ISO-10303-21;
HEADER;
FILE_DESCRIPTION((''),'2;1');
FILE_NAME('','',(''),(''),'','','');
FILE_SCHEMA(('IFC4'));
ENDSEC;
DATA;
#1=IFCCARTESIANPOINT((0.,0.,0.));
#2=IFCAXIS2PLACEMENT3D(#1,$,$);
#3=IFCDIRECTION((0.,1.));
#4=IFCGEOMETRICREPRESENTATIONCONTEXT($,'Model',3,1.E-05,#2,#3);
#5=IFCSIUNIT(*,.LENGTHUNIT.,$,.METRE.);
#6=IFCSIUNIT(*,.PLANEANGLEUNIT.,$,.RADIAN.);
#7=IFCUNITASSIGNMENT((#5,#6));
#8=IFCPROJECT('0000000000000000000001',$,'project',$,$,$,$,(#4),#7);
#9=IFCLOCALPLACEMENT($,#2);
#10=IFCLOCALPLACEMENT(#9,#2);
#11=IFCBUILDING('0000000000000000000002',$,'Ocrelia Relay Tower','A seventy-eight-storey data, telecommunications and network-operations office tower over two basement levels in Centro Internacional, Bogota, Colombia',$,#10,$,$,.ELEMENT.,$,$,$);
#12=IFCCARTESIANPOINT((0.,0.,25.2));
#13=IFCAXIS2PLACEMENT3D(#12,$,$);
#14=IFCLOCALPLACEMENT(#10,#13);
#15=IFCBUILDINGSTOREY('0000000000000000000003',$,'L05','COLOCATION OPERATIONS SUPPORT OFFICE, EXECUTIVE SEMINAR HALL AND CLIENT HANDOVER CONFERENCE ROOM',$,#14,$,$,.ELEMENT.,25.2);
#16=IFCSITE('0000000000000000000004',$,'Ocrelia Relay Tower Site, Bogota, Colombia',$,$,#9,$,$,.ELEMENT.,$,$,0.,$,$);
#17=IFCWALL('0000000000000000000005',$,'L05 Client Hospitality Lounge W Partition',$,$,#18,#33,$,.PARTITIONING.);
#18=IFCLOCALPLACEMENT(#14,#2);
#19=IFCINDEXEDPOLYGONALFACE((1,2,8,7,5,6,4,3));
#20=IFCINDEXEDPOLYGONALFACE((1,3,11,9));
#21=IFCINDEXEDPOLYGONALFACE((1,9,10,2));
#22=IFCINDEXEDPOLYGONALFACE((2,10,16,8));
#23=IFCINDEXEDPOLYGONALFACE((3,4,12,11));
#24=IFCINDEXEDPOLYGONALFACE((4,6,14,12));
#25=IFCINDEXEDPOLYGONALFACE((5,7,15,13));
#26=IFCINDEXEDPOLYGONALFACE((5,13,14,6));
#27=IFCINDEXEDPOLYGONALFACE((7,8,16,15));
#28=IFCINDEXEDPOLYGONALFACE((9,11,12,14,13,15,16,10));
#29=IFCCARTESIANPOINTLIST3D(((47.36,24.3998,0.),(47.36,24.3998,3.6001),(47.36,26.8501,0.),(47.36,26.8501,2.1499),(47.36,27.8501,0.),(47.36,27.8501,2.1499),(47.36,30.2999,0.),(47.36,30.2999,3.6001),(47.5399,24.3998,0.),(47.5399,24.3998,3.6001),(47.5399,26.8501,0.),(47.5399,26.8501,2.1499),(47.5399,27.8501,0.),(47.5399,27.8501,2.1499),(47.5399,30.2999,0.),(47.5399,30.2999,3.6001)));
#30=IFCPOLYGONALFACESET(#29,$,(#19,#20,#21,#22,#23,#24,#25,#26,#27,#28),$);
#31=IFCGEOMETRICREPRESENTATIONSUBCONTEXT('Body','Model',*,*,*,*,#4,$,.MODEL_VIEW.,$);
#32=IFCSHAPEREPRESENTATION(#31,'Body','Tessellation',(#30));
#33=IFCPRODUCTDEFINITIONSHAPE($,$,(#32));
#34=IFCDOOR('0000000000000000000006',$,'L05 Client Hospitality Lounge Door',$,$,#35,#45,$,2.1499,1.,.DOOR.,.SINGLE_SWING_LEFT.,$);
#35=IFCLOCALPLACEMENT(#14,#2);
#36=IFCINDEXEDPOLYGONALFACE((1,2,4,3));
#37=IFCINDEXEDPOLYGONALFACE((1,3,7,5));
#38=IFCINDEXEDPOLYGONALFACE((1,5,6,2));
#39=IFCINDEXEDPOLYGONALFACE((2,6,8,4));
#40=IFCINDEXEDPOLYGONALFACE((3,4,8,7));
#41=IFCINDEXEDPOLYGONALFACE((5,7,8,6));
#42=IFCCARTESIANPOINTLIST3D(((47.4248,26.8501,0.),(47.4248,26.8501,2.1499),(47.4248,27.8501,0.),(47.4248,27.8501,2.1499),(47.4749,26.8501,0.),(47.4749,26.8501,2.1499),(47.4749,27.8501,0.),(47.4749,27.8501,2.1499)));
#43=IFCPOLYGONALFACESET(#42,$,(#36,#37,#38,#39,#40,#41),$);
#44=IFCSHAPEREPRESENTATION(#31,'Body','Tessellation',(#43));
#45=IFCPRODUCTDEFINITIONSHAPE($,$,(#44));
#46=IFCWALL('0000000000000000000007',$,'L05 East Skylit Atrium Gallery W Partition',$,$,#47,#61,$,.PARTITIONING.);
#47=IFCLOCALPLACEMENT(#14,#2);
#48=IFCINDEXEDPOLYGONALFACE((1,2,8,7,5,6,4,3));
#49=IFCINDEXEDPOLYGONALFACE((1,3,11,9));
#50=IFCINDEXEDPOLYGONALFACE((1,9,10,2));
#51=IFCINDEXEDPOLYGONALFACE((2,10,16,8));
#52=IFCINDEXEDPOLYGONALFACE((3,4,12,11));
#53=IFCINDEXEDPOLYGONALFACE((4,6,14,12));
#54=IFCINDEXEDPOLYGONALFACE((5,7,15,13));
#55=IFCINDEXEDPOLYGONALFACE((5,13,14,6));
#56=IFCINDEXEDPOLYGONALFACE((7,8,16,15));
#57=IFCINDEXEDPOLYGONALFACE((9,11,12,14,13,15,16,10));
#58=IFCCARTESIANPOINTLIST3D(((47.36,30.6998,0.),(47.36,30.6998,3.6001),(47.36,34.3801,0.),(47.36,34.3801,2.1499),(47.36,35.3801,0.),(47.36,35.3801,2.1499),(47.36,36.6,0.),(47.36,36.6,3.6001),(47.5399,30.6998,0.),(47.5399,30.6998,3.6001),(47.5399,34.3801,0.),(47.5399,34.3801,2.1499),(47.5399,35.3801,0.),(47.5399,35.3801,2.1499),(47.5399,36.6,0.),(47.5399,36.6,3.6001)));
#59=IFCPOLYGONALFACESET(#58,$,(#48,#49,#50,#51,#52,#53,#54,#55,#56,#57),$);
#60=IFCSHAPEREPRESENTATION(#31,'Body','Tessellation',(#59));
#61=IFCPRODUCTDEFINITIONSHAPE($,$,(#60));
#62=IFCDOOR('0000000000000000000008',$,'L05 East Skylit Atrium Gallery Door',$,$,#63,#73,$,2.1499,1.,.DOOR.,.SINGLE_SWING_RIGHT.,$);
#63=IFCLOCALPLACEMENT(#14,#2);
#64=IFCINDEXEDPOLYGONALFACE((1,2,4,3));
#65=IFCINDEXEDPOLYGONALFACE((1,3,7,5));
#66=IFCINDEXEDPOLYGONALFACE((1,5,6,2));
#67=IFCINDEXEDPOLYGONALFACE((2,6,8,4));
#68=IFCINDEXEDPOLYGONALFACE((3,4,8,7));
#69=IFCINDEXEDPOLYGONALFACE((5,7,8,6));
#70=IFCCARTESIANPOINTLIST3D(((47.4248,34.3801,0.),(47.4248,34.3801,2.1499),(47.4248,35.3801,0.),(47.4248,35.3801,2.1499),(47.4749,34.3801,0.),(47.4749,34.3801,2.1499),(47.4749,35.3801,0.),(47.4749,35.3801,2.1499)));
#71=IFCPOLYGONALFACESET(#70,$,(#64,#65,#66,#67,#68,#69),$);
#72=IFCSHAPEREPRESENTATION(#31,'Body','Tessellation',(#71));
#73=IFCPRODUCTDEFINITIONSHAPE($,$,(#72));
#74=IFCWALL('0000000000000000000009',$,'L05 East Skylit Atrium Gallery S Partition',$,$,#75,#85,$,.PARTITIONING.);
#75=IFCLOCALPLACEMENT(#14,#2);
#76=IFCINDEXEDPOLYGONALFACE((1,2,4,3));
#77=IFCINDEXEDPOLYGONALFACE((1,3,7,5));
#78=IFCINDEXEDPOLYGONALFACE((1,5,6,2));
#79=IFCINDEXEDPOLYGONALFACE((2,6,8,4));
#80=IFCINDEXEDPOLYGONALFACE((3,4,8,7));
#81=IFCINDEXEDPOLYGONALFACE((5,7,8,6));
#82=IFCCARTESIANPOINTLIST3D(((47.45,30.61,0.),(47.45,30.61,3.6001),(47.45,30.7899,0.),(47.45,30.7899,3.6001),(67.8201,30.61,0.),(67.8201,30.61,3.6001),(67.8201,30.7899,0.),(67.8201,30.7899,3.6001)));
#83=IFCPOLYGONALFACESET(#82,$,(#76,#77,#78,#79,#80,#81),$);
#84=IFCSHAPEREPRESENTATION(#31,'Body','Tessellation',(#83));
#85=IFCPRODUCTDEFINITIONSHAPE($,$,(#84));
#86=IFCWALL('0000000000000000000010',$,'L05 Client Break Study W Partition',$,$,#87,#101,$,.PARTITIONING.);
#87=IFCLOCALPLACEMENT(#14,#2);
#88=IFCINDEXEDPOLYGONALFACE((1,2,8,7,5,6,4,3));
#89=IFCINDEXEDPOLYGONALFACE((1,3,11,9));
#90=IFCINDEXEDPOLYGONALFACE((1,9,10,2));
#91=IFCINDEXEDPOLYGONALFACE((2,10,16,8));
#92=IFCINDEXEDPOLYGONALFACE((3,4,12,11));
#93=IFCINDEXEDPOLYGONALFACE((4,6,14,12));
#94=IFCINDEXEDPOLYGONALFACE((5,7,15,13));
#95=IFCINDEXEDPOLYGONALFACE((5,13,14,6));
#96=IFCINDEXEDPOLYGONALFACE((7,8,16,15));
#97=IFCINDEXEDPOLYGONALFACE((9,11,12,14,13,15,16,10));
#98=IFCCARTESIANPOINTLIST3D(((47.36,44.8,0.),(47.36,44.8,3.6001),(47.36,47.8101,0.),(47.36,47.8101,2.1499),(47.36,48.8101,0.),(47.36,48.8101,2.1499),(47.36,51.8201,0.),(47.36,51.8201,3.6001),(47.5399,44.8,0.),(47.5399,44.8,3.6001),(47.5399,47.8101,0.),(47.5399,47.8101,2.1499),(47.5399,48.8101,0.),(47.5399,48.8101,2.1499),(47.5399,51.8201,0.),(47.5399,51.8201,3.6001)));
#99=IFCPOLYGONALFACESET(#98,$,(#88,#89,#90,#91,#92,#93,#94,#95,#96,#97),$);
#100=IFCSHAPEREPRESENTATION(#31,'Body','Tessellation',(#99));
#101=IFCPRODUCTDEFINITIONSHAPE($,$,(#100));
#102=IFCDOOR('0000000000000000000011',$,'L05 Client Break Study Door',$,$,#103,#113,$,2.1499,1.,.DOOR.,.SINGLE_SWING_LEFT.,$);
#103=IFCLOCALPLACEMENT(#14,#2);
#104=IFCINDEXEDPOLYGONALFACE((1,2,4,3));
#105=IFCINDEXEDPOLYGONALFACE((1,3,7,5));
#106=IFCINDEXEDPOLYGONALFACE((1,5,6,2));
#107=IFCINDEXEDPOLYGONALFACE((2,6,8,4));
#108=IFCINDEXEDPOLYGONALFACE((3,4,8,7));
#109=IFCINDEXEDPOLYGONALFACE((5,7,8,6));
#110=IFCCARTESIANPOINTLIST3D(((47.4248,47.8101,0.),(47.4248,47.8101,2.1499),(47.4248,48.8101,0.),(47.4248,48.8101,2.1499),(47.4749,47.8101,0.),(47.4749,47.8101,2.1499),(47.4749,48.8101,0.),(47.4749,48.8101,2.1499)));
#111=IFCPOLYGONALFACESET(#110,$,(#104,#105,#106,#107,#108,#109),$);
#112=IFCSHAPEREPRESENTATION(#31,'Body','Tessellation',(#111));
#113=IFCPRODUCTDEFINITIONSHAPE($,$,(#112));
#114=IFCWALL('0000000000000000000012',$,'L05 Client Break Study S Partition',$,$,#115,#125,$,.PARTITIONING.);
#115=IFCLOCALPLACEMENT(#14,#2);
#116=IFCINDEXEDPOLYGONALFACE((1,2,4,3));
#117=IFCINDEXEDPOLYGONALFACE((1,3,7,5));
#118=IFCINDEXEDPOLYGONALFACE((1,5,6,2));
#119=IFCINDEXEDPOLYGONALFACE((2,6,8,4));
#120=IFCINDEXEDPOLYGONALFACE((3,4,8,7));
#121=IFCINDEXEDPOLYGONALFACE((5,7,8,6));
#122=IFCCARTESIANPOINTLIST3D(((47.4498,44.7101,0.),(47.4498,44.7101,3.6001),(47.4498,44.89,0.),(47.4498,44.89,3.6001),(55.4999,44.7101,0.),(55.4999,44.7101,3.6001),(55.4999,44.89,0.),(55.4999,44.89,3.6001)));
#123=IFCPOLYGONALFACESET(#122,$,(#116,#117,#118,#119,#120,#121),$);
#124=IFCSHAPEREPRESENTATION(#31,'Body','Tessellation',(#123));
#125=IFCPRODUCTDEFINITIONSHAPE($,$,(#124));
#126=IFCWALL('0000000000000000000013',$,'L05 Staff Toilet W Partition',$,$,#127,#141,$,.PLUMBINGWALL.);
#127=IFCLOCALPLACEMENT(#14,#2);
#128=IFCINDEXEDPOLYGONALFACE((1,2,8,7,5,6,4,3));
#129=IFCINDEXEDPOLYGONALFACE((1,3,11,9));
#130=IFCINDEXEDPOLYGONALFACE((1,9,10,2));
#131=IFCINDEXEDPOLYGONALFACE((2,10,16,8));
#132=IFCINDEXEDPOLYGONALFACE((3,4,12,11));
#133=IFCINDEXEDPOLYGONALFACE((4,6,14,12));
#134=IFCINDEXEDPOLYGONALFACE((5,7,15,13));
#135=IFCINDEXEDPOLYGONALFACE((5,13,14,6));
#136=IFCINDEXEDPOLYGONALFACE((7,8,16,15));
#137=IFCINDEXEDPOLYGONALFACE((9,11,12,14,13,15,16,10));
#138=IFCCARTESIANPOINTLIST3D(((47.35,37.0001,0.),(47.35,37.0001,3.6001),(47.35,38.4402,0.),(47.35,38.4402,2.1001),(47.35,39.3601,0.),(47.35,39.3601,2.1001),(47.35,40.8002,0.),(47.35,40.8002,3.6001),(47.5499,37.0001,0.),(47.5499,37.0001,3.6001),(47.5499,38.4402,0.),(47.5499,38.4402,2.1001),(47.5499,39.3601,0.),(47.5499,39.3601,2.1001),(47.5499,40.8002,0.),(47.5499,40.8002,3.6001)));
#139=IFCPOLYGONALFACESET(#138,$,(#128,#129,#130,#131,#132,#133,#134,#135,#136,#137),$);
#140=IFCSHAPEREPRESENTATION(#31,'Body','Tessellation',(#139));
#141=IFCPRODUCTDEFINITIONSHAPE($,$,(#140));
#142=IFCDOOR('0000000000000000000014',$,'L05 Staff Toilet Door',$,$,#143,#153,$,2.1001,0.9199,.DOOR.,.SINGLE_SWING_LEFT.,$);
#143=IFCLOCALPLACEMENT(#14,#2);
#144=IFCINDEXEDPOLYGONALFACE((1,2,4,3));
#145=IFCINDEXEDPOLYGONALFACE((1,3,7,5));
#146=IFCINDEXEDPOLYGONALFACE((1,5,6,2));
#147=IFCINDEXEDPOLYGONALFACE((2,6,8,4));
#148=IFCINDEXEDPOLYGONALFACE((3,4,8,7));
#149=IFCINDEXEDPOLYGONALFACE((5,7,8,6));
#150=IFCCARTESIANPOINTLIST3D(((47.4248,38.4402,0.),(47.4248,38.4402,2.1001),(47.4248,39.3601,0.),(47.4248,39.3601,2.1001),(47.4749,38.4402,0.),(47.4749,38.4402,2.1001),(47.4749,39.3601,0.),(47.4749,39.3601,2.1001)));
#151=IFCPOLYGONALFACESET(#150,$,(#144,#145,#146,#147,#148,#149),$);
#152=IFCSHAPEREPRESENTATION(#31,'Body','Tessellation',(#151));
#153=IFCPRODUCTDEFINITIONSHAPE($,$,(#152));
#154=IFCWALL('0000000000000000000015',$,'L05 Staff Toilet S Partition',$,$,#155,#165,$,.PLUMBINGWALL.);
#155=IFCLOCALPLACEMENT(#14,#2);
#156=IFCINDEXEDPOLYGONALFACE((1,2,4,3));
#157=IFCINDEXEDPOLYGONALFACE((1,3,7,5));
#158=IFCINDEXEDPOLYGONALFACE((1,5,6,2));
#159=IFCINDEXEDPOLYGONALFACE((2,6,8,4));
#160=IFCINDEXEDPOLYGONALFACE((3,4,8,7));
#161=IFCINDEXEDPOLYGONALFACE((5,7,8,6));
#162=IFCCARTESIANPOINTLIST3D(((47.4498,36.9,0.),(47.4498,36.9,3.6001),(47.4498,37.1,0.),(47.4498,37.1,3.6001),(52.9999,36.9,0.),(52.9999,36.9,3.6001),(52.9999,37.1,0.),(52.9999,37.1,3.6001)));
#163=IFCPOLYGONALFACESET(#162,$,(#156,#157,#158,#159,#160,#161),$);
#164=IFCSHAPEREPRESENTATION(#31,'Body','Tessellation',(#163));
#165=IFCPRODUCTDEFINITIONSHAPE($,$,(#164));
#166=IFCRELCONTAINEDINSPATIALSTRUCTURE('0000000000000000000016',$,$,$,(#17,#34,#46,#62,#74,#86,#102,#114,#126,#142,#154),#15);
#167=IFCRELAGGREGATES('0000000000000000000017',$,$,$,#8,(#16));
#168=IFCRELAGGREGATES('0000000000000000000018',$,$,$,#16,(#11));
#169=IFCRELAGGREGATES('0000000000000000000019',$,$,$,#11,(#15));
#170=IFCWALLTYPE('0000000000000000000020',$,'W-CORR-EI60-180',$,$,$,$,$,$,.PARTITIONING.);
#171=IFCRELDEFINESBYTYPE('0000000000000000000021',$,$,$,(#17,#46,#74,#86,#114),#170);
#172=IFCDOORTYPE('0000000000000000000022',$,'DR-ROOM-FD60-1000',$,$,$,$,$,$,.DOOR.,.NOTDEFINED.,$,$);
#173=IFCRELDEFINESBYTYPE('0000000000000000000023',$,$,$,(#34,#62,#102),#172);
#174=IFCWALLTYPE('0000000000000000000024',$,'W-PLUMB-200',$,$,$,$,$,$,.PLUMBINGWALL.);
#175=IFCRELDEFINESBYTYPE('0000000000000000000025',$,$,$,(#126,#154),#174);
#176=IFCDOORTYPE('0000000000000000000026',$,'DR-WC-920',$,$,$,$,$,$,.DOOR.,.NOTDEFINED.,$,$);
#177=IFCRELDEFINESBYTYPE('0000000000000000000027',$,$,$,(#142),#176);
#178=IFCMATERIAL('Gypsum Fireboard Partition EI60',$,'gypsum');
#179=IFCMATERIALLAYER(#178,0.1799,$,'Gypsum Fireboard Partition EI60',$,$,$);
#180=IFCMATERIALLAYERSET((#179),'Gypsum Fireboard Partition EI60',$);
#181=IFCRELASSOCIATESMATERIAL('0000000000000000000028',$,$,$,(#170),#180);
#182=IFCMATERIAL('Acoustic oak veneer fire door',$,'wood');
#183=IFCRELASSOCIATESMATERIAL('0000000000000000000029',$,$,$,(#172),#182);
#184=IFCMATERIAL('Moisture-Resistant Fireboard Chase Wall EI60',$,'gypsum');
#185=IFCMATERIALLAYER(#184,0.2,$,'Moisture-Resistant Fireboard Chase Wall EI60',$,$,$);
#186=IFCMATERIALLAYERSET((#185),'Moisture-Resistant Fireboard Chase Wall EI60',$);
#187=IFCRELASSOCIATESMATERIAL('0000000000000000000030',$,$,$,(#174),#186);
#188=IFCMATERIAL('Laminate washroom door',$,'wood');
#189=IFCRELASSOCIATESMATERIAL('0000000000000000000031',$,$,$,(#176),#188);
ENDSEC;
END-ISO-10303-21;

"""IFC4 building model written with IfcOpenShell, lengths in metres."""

from ifc_helpers import new_model, si_unit, direction, frame, frame_2d, origin, place, context, subcontext, project, spatial, rectangle, extrude, material, layer, layer_set, type_object, element, fill, save


model = new_model("IFC4")

# Units and contexts
model_context = context("Model", 3, precision=1e-05, world=origin(), true_north=direction((0.0, 1.0)))
body_context = subcontext(model_context, "Body", "Model", "MODEL_VIEW")
ifc_project = project(units=[si_unit("LENGTHUNIT", "METRE"), si_unit("PLANEANGLEUNIT", "RADIAN")], contexts=[model_context])

# Site, building, storey
site_placement = place(None, origin())
site = spatial("IfcSite", under=ifc_project, at=site_placement, Name="Ocrelia Relay Tower Site, Bogota, Colombia", CompositionType="ELEMENT", RefElevation=0.0)
building_placement = place(site_placement, origin())
building = spatial("IfcBuilding", under=site, at=building_placement, Name="Ocrelia Relay Tower", Description="A seventy-eight-storey data, telecommunications and network-operations office tower over two basement levels in Centro Internacional, Bogota, Colombia", CompositionType="ELEMENT")
storey_placement = place(building_placement, frame((0.0, 0.0, 25.2)))
storey = spatial("IfcBuildingStorey", under=building, at=storey_placement, Name="L05", Description="COLOCATION OPERATIONS SUPPORT OFFICE, EXECUTIVE SEMINAR HALL AND CLIENT HANDOVER CONFERENCE ROOM", CompositionType="ELEMENT", Elevation=25.2)

# Walls, openings, doors
ifc_material_1 = material(Name="Gypsum Fireboard Partition EI60", Category="gypsum")
ifc_layer_1 = layer(ifc_material_1, 0.1799, Name="Gypsum Fireboard Partition EI60")
ifc_layer_set_1 = layer_set([ifc_layer_1], Name="Gypsum Fireboard Partition EI60")
wall_type_1 = type_object("IfcWallType", Name="W-CORR-EI60-180", PredefinedType="PARTITIONING", material=ifc_layer_set_1)
wall_1_placement = place(storey_placement, frame((47.45, 30.3, 0.0), z_axis=(0.0, 0.0, 1.0), x_axis=(0.0, -1.0, 0.0)))
wall_1 = element("IfcWall", 1, at=wall_1_placement, inside=storey, type_object=wall_type_1, Name="L05 Client Hospitality Lounge W Partition", PredefinedType="PARTITIONING", context=body_context, shape_type="SweptSolid", body=[
    extrude(rectangle(XDim=5.9001, YDim=0.1799, at=frame_2d((2.9502, 0.0))), origin(), (0.0, 0.0, 1.0), 3.6001),
])
opening_1_placement = place(wall_1_placement, frame((2.45, 0.0, 0.0)))
opening_1 = element("IfcOpeningElement", 2, at=opening_1_placement, cuts=wall_1, PredefinedType="OPENING", context=body_context, shape_type="SweptSolid", body=[
    extrude(rectangle(XDim=1.0, YDim=2.1499, at=frame_2d((0.5, 1.075))), frame((0.0, 0.1001, 0.0), z_axis=(0.0, -1.0, 0.0), x_axis=(1.0, 0.0, 0.0)), (0.0, 0.0, 1.0), 0.2),
])
ifc_material_2 = material(Name="Acoustic oak veneer fire door", Category="wood")
door_type_1 = type_object("IfcDoorType", Name="DR-ROOM-FD60-1000", OperationType="NOTDEFINED", PredefinedType="DOOR", material=ifc_material_2)
door_1_placement = place(opening_1_placement, origin())
door_1 = element("IfcDoor", 3, at=door_1_placement, inside=storey, type_object=door_type_1, Name="L05 Client Hospitality Lounge Door", OperationType="SINGLE_SWING_LEFT", OverallHeight=2.1499, OverallWidth=1.0, PredefinedType="DOOR", context=body_context, shape_type="SweptSolid", body=[
    extrude(rectangle(XDim=1.0, YDim=2.1499, at=frame_2d((0.5, 1.075))), frame((0.0, 0.0249, 0.0), z_axis=(0.0, -1.0, 0.0), x_axis=(1.0, 0.0, 0.0)), (0.0, 0.0, 1.0), 0.05),
])
fill(opening_1, door_1)
wall_2_placement = place(storey_placement, frame((47.45, 36.6001, 0.0), z_axis=(0.0, 0.0, 1.0), x_axis=(0.0, -1.0, 0.0)))
wall_2 = element("IfcWall", 4, at=wall_2_placement, inside=storey, type_object=wall_type_1, Name="L05 East Skylit Atrium Gallery W Partition", PredefinedType="PARTITIONING", context=body_context, shape_type="SweptSolid", body=[
    extrude(rectangle(XDim=5.9001, YDim=0.1799, at=frame_2d((2.9502, 0.0))), origin(), (0.0, 0.0, 1.0), 3.6001),
])
opening_2_placement = place(wall_2_placement, frame((1.22, 0.0, 0.0)))
opening_2 = element("IfcOpeningElement", 5, at=opening_2_placement, cuts=wall_2, PredefinedType="OPENING", context=body_context, shape_type="SweptSolid", body=[
    extrude(rectangle(XDim=1.0, YDim=2.1499, at=frame_2d((0.5, 1.075))), frame((0.0, 0.1001, 0.0), z_axis=(0.0, -1.0, 0.0), x_axis=(1.0, 0.0, 0.0)), (0.0, 0.0, 1.0), 0.2),
])
door_2_placement = place(opening_2_placement, origin())
door_2 = element("IfcDoor", 6, at=door_2_placement, inside=storey, type_object=door_type_1, Name="L05 East Skylit Atrium Gallery Door", OperationType="SINGLE_SWING_RIGHT", OverallHeight=2.1499, OverallWidth=1.0, PredefinedType="DOOR", context=body_context, shape_type="SweptSolid", body=[
    extrude(rectangle(XDim=1.0, YDim=2.1499, at=frame_2d((0.5, 1.075))), frame((0.0, 0.0249, 0.0), z_axis=(0.0, -1.0, 0.0), x_axis=(1.0, 0.0, 0.0)), (0.0, 0.0, 1.0), 0.05),
])
fill(opening_2, door_2)

# Wall
wall_3_placement = place(storey_placement, frame((47.45, 30.7, 0.0), z_axis=(0.0, 0.0, 1.0), x_axis=(1.0, 0.0, 0.0)))
element("IfcWall", 7, at=wall_3_placement, inside=storey, type_object=wall_type_1, Name="L05 East Skylit Atrium Gallery S Partition", PredefinedType="PARTITIONING", context=body_context, shape_type="SweptSolid", body=[
    extrude(rectangle(XDim=20.3701, YDim=0.1799, at=frame_2d((10.1851, 0.0))), origin(), (0.0, 0.0, 1.0), 3.6001),
])

# Wall, opening, door
wall_4_placement = place(storey_placement, frame((47.45, 51.8201, 0.0), z_axis=(0.0, 0.0, 1.0), x_axis=(0.0, -1.0, 0.0)))
wall_4 = element("IfcWall", 8, at=wall_4_placement, inside=storey, type_object=wall_type_1, Name="L05 Client Break Study W Partition", PredefinedType="PARTITIONING", context=body_context, shape_type="SweptSolid", body=[
    extrude(rectangle(XDim=7.02, YDim=0.1799, at=frame_2d((3.51, 0.0))), origin(), (0.0, 0.0, 1.0), 3.6001),
])
opening_3_placement = place(wall_4_placement, frame((3.01, 0.0, 0.0)))
opening_3 = element("IfcOpeningElement", 9, at=opening_3_placement, cuts=wall_4, PredefinedType="OPENING", context=body_context, shape_type="SweptSolid", body=[
    extrude(rectangle(XDim=1.0, YDim=2.1499, at=frame_2d((0.5, 1.075))), frame((0.0, 0.1001, 0.0), z_axis=(0.0, -1.0, 0.0), x_axis=(1.0, 0.0, 0.0)), (0.0, 0.0, 1.0), 0.2),
])
door_3_placement = place(opening_3_placement, origin())
door_3 = element("IfcDoor", 10, at=door_3_placement, inside=storey, type_object=door_type_1, Name="L05 Client Break Study Door", OperationType="SINGLE_SWING_LEFT", OverallHeight=2.1499, OverallWidth=1.0, PredefinedType="DOOR", context=body_context, shape_type="SweptSolid", body=[
    extrude(rectangle(XDim=1.0, YDim=2.1499, at=frame_2d((0.5, 1.075))), frame((0.0, 0.0249, 0.0), z_axis=(0.0, -1.0, 0.0), x_axis=(1.0, 0.0, 0.0)), (0.0, 0.0, 1.0), 0.05),
])
fill(opening_3, door_3)

# Wall
wall_5_placement = place(storey_placement, frame((47.45, 44.8, 0.0), z_axis=(0.0, 0.0, 1.0), x_axis=(1.0, 0.0, 0.0)))
element("IfcWall", 11, at=wall_5_placement, inside=storey, type_object=wall_type_1, Name="L05 Client Break Study S Partition", PredefinedType="PARTITIONING", context=body_context, shape_type="SweptSolid", body=[
    extrude(rectangle(XDim=8.05, YDim=0.1799, at=frame_2d((4.0249, 0.0))), origin(), (0.0, 0.0, 1.0), 3.6001),
])

# Wall, opening, door
ifc_material_3 = material(Name="Moisture-Resistant Fireboard Chase Wall EI60", Category="gypsum")
ifc_layer_2 = layer(ifc_material_3, 0.2, Name="Moisture-Resistant Fireboard Chase Wall EI60")
ifc_layer_set_2 = layer_set([ifc_layer_2], Name="Moisture-Resistant Fireboard Chase Wall EI60")
wall_type_2 = type_object("IfcWallType", Name="W-PLUMB-200", PredefinedType="PLUMBINGWALL", material=ifc_layer_set_2)
wall_6_placement = place(storey_placement, frame((47.45, 40.8, 0.0), z_axis=(0.0, 0.0, 1.0), x_axis=(0.0, -1.0, 0.0)))
wall_6 = element("IfcWall", 12, at=wall_6_placement, inside=storey, type_object=wall_type_2, Name="L05 Staff Toilet W Partition", PredefinedType="PLUMBINGWALL", context=body_context, shape_type="SweptSolid", body=[
    extrude(rectangle(XDim=3.8, YDim=0.2, at=frame_2d((1.8999, 0.0))), origin(), (0.0, 0.0, 1.0), 3.6001),
])
opening_4_placement = place(wall_6_placement, frame((1.4399, 0.0, 0.0)))
opening_4 = element("IfcOpeningElement", 13, at=opening_4_placement, cuts=wall_6, PredefinedType="OPENING", context=body_context, shape_type="SweptSolid", body=[
    extrude(rectangle(XDim=0.9199, YDim=2.1001, at=frame_2d((0.46, 1.05))), frame((0.0, 0.1099, 0.0), z_axis=(0.0, -1.0, 0.0), x_axis=(1.0, 0.0, 0.0)), (0.0, 0.0, 1.0), 0.22),
])
ifc_material_4 = material(Name="Laminate washroom door", Category="wood")
door_type_2 = type_object("IfcDoorType", Name="DR-WC-920", OperationType="NOTDEFINED", PredefinedType="DOOR", material=ifc_material_4)
door_4_placement = place(opening_4_placement, origin())
door_4 = element("IfcDoor", 14, at=door_4_placement, inside=storey, type_object=door_type_2, Name="L05 Staff Toilet Door", OperationType="SINGLE_SWING_LEFT", OverallHeight=2.1001, OverallWidth=0.9199, PredefinedType="DOOR", context=body_context, shape_type="SweptSolid", body=[
    extrude(rectangle(XDim=0.9199, YDim=2.1001, at=frame_2d((0.46, 1.05))), frame((0.0, 0.0249, 0.0), z_axis=(0.0, -1.0, 0.0), x_axis=(1.0, 0.0, 0.0)), (0.0, 0.0, 1.0), 0.05),
])
fill(opening_4, door_4)

# Wall
wall_7_placement = place(storey_placement, frame((47.45, 37.0, 0.0), z_axis=(0.0, 0.0, 1.0), x_axis=(1.0, 0.0, 0.0)))
element("IfcWall", 15, at=wall_7_placement, inside=storey, type_object=wall_type_2, Name="L05 Staff Toilet S Partition", PredefinedType="PLUMBINGWALL", context=body_context, shape_type="SweptSolid", body=[
    extrude(rectangle(XDim=5.55, YDim=0.2, at=frame_2d((2.7749, 0.0))), origin(), (0.0, 0.0, 1.0), 3.6001),
])

save(model, "model.ifc")
